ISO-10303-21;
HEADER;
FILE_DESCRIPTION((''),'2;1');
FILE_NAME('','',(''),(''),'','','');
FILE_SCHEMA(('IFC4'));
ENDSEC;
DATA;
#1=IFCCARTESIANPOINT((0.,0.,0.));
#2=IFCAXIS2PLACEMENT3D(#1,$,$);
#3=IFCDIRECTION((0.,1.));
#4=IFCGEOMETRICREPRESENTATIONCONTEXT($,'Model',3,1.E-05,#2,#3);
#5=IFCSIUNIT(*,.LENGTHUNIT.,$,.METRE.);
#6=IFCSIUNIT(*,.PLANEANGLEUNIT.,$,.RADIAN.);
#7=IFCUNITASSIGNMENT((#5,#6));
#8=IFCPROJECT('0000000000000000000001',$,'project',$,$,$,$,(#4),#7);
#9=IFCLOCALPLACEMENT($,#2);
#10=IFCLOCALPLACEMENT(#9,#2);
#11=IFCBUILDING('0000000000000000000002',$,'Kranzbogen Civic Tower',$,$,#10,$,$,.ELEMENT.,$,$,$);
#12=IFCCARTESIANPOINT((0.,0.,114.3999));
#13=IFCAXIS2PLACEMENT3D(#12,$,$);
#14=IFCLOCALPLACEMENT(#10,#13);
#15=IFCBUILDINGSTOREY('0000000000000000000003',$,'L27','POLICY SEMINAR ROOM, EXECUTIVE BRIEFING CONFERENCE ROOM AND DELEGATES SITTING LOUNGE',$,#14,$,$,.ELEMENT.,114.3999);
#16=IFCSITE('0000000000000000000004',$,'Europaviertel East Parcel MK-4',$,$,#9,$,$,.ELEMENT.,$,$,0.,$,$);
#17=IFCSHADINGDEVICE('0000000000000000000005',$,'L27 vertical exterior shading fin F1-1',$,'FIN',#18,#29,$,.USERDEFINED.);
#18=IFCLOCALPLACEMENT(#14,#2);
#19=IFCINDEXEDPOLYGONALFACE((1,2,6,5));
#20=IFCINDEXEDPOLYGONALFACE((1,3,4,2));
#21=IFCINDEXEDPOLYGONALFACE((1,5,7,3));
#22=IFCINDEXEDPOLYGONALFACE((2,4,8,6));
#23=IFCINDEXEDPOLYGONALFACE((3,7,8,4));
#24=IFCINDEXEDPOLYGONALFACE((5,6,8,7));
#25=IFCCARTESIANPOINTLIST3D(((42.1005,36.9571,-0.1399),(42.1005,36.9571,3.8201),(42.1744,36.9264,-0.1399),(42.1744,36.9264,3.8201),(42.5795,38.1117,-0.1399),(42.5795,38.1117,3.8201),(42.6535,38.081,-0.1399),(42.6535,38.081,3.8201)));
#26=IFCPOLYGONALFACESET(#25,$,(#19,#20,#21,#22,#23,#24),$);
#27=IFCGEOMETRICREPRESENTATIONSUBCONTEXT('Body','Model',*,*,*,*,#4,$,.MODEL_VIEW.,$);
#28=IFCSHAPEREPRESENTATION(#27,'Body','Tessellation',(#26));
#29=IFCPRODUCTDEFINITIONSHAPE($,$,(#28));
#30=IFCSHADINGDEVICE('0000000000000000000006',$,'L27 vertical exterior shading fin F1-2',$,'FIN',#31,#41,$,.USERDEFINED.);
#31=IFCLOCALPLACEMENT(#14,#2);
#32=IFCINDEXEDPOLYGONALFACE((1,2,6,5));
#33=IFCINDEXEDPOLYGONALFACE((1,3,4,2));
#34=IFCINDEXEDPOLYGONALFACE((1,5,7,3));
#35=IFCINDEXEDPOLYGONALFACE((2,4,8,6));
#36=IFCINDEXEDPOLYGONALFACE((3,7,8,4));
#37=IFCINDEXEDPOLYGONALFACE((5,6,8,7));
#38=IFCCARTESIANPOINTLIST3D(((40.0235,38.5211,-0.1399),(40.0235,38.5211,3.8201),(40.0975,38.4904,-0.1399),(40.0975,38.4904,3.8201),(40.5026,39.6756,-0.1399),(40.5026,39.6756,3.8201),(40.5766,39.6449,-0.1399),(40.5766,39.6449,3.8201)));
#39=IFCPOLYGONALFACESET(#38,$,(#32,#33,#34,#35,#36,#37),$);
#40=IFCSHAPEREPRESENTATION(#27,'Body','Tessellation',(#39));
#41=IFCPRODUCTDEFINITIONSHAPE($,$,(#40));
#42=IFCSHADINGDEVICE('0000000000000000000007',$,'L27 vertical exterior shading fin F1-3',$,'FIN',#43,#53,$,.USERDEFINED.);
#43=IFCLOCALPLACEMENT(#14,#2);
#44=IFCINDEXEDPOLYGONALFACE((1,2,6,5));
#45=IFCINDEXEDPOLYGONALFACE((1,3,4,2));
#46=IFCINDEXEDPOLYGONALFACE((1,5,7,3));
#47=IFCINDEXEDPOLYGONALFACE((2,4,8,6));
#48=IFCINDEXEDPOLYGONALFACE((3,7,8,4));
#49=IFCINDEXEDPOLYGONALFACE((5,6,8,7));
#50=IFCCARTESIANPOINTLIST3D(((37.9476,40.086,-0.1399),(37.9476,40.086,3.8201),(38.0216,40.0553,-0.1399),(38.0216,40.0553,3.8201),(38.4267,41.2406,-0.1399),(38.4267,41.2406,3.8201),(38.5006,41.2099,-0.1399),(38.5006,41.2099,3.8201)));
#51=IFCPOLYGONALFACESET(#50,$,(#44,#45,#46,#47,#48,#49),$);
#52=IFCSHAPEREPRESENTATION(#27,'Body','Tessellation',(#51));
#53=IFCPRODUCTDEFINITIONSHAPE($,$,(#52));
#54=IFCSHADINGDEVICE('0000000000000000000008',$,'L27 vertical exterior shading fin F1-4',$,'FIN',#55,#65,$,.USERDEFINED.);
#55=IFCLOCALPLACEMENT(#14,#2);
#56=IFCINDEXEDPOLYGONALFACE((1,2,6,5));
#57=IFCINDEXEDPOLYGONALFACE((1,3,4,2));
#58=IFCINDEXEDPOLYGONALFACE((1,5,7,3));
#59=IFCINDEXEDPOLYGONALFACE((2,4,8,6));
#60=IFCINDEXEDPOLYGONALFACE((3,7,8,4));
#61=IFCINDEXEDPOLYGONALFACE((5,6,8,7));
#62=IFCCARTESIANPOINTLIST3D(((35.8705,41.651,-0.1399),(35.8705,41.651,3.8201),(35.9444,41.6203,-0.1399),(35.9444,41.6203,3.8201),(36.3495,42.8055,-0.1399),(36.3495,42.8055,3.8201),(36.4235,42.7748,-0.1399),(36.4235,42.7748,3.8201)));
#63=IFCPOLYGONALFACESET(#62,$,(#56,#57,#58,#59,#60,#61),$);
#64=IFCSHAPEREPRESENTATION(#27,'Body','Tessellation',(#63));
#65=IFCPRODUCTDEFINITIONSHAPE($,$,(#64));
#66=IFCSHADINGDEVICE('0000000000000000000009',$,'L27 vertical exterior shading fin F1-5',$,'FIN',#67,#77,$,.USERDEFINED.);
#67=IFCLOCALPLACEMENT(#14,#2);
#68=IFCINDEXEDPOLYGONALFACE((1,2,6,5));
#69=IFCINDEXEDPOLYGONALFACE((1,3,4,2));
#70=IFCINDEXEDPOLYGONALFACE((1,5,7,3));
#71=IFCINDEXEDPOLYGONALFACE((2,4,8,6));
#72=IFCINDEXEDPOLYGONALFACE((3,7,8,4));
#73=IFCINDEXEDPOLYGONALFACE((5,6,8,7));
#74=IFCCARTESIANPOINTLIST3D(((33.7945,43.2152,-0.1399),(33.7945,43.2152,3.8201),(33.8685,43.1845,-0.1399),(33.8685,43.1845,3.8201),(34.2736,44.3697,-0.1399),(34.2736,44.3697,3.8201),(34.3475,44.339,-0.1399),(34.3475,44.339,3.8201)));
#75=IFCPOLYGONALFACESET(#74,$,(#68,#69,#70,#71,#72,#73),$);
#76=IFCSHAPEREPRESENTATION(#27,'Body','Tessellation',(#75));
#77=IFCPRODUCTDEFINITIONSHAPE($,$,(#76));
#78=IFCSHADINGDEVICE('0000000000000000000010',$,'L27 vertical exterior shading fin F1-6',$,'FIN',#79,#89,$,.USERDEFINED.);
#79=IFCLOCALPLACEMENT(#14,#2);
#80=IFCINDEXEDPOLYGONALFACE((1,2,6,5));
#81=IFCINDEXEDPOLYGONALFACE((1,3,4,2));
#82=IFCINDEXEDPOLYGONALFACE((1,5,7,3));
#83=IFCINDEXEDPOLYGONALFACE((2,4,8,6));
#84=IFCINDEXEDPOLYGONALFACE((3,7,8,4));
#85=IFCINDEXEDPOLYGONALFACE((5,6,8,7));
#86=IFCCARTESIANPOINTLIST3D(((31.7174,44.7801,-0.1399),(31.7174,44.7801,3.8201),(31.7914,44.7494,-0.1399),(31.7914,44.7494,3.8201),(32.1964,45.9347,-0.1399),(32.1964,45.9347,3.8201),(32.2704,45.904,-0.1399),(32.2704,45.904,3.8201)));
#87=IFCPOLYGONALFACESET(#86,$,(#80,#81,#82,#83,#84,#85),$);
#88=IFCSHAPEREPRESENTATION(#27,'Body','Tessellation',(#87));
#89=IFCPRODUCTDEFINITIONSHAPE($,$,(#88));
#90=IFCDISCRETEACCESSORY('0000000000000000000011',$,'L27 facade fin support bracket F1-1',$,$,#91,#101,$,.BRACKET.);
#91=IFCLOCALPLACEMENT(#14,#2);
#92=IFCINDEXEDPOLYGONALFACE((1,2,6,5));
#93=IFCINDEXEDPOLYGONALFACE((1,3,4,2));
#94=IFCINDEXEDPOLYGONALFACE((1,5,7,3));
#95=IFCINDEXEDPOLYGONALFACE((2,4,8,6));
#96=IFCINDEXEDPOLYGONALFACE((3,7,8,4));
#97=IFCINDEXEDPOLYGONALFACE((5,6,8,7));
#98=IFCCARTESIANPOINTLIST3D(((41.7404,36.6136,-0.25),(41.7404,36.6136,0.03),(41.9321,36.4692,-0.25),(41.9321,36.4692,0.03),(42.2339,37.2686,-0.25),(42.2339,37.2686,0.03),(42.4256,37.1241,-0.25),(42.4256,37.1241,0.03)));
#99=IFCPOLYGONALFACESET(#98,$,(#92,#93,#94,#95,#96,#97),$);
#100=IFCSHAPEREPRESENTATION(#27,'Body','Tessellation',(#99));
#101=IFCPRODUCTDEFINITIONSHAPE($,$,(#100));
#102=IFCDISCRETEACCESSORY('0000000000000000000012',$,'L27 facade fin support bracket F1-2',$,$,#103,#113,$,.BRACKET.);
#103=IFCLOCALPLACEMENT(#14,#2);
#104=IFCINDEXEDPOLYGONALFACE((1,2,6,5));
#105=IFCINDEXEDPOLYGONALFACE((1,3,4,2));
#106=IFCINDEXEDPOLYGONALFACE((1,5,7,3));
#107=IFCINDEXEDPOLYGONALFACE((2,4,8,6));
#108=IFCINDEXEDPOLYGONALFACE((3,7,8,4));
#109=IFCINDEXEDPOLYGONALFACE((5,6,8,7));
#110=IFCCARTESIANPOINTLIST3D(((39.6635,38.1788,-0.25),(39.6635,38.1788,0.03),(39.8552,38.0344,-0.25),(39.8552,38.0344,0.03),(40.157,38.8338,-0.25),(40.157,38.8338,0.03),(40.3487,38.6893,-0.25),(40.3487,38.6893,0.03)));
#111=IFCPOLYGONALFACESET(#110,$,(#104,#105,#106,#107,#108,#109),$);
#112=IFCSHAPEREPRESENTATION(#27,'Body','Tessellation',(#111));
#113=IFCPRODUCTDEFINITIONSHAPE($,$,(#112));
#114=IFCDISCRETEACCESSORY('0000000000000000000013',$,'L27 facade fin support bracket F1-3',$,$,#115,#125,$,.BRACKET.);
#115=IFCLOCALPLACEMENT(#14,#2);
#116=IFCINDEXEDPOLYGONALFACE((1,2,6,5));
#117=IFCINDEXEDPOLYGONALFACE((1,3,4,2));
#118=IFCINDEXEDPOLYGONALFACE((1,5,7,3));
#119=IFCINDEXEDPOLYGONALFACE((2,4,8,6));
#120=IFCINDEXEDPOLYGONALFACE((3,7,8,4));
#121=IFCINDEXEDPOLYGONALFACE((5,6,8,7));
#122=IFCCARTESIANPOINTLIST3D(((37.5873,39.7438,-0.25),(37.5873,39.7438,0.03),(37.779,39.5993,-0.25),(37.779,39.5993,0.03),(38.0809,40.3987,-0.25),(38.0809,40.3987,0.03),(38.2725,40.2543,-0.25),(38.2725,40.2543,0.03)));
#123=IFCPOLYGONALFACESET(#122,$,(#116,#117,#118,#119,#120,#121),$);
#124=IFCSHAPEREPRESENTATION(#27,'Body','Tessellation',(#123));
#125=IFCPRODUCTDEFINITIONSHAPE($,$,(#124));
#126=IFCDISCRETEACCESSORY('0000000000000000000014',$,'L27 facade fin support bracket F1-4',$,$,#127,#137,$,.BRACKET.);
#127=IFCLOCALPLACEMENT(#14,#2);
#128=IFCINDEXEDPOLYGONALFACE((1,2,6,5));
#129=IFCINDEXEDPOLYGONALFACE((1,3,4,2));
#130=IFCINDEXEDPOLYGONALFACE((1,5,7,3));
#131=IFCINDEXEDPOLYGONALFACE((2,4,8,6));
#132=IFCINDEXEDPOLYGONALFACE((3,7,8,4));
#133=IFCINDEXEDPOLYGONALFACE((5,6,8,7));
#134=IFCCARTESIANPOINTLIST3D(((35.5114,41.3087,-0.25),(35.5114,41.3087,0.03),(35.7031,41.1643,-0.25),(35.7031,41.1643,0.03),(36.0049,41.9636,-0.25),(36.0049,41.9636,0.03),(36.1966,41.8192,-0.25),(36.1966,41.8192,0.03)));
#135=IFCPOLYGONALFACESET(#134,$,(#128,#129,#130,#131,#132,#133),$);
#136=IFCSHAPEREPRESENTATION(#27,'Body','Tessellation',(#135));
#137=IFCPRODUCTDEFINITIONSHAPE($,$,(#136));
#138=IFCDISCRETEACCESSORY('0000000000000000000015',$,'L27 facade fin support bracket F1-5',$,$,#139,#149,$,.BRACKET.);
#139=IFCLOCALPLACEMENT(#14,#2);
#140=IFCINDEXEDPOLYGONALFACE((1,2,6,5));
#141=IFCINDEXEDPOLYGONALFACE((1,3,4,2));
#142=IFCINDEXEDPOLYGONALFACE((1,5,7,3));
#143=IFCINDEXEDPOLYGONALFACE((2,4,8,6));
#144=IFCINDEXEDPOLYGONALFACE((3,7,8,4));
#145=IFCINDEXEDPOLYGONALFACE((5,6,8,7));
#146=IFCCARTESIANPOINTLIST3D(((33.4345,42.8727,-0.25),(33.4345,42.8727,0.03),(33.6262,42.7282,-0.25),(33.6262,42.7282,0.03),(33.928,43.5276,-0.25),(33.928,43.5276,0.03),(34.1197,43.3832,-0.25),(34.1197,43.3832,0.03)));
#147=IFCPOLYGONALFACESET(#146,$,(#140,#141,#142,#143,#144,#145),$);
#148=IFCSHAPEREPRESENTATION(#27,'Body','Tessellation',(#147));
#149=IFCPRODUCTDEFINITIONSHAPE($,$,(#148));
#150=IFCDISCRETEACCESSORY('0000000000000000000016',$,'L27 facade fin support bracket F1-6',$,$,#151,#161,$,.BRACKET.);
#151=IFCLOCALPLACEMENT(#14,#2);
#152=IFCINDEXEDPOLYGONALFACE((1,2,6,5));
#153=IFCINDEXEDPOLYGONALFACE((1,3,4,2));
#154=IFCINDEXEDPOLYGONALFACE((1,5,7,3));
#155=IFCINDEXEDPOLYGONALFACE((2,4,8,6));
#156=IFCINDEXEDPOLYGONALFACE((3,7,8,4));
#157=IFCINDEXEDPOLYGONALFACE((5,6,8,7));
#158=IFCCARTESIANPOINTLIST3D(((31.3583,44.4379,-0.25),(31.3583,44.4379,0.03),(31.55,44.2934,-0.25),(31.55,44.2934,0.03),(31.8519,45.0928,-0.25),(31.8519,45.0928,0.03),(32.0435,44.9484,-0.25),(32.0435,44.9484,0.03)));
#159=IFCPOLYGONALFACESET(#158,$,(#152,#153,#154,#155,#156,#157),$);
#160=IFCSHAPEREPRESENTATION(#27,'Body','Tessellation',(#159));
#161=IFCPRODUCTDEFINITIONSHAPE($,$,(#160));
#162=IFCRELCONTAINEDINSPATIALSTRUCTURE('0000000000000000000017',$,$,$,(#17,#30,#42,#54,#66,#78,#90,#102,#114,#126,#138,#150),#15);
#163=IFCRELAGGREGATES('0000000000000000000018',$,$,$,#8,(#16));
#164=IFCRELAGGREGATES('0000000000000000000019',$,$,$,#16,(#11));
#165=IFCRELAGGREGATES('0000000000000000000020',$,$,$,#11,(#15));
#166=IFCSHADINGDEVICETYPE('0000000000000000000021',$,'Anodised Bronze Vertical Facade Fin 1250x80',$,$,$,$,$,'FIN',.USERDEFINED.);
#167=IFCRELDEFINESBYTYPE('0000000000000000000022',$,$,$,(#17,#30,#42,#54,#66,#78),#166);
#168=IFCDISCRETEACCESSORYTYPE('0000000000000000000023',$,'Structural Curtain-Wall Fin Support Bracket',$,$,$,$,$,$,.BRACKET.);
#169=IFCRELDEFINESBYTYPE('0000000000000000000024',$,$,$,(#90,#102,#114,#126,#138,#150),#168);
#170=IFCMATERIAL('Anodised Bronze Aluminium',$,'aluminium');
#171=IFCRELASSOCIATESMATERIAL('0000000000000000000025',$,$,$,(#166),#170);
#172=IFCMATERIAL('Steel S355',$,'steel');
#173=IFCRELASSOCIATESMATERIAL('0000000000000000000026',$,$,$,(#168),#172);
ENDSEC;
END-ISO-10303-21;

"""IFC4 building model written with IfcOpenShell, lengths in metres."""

from ifc_helpers import new_model, si_unit, direction, frame, origin, origin_2d, place, context, subcontext, project, spatial, rectangle, extrude, material, type_object, element, save


model = new_model("IFC4")

# Units and contexts
model_context = context("Model", 3, precision=1e-05, world=origin(), true_north=direction((0.0, 1.0)))
body_context = subcontext(model_context, "Body", "Model", "MODEL_VIEW")
ifc_project = project(units=[si_unit("LENGTHUNIT", "METRE"), si_unit("PLANEANGLEUNIT", "RADIAN")], contexts=[model_context])

# Site, building, storey
site_placement = place(None, origin())
site = spatial("IfcSite", under=ifc_project, at=site_placement, Name="Europaviertel East Parcel MK-4", CompositionType="ELEMENT", RefElevation=0.0)
building_placement = place(site_placement, origin())
building = spatial("IfcBuilding", under=site, at=building_placement, Name="Kranzbogen Civic Tower", CompositionType="ELEMENT")
storey_placement = place(building_placement, frame((0.0, 0.0, 114.3999)))
storey = spatial("IfcBuildingStorey", under=building, at=storey_placement, Name="L27", Description="POLICY SEMINAR ROOM, EXECUTIVE BRIEFING CONFERENCE ROOM AND DELEGATES SITTING LOUNGE", CompositionType="ELEMENT", Elevation=114.3999)

# Shared definitions
ifc_material_1 = material(Name="Steel S355", Category="steel")

# Shading devices
ifc_material_2 = material(Name="Anodised Bronze Aluminium", Category="aluminium")
shading_device_type = type_object("IfcShadingDeviceType", Name="Anodised Bronze Vertical Facade Fin 1250x80", ElementType="FIN", PredefinedType="USERDEFINED", material=ifc_material_2)
for number, where, z_axis, x_axis, name in (
    (1, (42.377, 37.519, -0.1399), (0.0, 0.0, 1.0), (0.383232, 0.923652, 0.0), "L27 vertical exterior shading fin F1-1"),
    (2, (40.3, 39.083, -0.1399), (0.0, 0.0, 1.0), (0.383232, 0.923652, 0.0), "L27 vertical exterior shading fin F1-2"),
    (3, (38.2241, 40.6479, -0.1399), (0.0, 0.0, 1.0), (0.383232, 0.923652, 0.0), "L27 vertical exterior shading fin F1-3"),
    (4, (36.147, 42.2129, -0.1399), (0.0, 0.0, 1.0), (0.383232, 0.923652, 0.0), "L27 vertical exterior shading fin F1-4"),
    (5, (34.071, 43.7771, -0.1399), (0.0, 0.0, 1.0), (0.383232, 0.923652, 0.0), "L27 vertical exterior shading fin F1-5"),
    (6, (31.9939, 45.342, -0.1399), (0.0, 0.0, 1.0), (0.383232, 0.923652, 0.0), "L27 vertical exterior shading fin F1-6"),
):
    element("IfcShadingDevice", number, at=place(storey_placement, frame(where, z_axis=z_axis, x_axis=x_axis)), inside=storey, type_object=shading_device_type, Name=name, ObjectType="FIN", PredefinedType="USERDEFINED", context=body_context, shape_type="SweptSolid", body=[
        extrude(rectangle(XDim=1.25, YDim=0.0801, at=origin_2d()), origin(), (0.0, 0.0, 1.0), 3.96),
    ])

# Discrete accessories
discrete_accessory_type = type_object("IfcDiscreteAccessoryType", Name="Structural Curtain-Wall Fin Support Bracket", PredefinedType="BRACKET", material=ifc_material_1)
for number, where, z_axis, x_axis, name in (
    (7, (42.083, 36.8689, -0.25), (0.0, 0.0, 1.0), (0.601815, 0.798636, 0.0), "L27 facade fin support bracket F1-1"),
    (8, (40.0061, 38.4341, -0.25), (0.0, 0.0, 1.0), (0.601815, 0.798636, 0.0), "L27 facade fin support bracket F1-2"),
    (9, (37.9299, 39.999, -0.25), (0.0, 0.0, 1.0), (0.601815, 0.798636, 0.0), "L27 facade fin support bracket F1-3"),
    (10, (35.854, 41.564, -0.25), (0.0, 0.0, 1.0), (0.601815, 0.798636, 0.0), "L27 facade fin support bracket F1-4"),
    (11, (33.7771, 43.1279, -0.25), (0.0, 0.0, 1.0), (0.601815, 0.798636, 0.0), "L27 facade fin support bracket F1-5"),
    (12, (31.7009, 44.6931, -0.25), (0.0, 0.0, 1.0), (0.601815, 0.798636, 0.0), "L27 facade fin support bracket F1-6"),
):
    element("IfcDiscreteAccessory", number, at=place(storey_placement, frame(where, z_axis=z_axis, x_axis=x_axis)), inside=storey, type_object=discrete_accessory_type, Name=name, PredefinedType="BRACKET", context=body_context, shape_type="SweptSolid", body=[
        extrude(rectangle(XDim=0.8201, YDim=0.24, at=origin_2d()), origin(), (0.0, 0.0, 1.0), 0.28),
    ])

save(model, "model.ifc")
